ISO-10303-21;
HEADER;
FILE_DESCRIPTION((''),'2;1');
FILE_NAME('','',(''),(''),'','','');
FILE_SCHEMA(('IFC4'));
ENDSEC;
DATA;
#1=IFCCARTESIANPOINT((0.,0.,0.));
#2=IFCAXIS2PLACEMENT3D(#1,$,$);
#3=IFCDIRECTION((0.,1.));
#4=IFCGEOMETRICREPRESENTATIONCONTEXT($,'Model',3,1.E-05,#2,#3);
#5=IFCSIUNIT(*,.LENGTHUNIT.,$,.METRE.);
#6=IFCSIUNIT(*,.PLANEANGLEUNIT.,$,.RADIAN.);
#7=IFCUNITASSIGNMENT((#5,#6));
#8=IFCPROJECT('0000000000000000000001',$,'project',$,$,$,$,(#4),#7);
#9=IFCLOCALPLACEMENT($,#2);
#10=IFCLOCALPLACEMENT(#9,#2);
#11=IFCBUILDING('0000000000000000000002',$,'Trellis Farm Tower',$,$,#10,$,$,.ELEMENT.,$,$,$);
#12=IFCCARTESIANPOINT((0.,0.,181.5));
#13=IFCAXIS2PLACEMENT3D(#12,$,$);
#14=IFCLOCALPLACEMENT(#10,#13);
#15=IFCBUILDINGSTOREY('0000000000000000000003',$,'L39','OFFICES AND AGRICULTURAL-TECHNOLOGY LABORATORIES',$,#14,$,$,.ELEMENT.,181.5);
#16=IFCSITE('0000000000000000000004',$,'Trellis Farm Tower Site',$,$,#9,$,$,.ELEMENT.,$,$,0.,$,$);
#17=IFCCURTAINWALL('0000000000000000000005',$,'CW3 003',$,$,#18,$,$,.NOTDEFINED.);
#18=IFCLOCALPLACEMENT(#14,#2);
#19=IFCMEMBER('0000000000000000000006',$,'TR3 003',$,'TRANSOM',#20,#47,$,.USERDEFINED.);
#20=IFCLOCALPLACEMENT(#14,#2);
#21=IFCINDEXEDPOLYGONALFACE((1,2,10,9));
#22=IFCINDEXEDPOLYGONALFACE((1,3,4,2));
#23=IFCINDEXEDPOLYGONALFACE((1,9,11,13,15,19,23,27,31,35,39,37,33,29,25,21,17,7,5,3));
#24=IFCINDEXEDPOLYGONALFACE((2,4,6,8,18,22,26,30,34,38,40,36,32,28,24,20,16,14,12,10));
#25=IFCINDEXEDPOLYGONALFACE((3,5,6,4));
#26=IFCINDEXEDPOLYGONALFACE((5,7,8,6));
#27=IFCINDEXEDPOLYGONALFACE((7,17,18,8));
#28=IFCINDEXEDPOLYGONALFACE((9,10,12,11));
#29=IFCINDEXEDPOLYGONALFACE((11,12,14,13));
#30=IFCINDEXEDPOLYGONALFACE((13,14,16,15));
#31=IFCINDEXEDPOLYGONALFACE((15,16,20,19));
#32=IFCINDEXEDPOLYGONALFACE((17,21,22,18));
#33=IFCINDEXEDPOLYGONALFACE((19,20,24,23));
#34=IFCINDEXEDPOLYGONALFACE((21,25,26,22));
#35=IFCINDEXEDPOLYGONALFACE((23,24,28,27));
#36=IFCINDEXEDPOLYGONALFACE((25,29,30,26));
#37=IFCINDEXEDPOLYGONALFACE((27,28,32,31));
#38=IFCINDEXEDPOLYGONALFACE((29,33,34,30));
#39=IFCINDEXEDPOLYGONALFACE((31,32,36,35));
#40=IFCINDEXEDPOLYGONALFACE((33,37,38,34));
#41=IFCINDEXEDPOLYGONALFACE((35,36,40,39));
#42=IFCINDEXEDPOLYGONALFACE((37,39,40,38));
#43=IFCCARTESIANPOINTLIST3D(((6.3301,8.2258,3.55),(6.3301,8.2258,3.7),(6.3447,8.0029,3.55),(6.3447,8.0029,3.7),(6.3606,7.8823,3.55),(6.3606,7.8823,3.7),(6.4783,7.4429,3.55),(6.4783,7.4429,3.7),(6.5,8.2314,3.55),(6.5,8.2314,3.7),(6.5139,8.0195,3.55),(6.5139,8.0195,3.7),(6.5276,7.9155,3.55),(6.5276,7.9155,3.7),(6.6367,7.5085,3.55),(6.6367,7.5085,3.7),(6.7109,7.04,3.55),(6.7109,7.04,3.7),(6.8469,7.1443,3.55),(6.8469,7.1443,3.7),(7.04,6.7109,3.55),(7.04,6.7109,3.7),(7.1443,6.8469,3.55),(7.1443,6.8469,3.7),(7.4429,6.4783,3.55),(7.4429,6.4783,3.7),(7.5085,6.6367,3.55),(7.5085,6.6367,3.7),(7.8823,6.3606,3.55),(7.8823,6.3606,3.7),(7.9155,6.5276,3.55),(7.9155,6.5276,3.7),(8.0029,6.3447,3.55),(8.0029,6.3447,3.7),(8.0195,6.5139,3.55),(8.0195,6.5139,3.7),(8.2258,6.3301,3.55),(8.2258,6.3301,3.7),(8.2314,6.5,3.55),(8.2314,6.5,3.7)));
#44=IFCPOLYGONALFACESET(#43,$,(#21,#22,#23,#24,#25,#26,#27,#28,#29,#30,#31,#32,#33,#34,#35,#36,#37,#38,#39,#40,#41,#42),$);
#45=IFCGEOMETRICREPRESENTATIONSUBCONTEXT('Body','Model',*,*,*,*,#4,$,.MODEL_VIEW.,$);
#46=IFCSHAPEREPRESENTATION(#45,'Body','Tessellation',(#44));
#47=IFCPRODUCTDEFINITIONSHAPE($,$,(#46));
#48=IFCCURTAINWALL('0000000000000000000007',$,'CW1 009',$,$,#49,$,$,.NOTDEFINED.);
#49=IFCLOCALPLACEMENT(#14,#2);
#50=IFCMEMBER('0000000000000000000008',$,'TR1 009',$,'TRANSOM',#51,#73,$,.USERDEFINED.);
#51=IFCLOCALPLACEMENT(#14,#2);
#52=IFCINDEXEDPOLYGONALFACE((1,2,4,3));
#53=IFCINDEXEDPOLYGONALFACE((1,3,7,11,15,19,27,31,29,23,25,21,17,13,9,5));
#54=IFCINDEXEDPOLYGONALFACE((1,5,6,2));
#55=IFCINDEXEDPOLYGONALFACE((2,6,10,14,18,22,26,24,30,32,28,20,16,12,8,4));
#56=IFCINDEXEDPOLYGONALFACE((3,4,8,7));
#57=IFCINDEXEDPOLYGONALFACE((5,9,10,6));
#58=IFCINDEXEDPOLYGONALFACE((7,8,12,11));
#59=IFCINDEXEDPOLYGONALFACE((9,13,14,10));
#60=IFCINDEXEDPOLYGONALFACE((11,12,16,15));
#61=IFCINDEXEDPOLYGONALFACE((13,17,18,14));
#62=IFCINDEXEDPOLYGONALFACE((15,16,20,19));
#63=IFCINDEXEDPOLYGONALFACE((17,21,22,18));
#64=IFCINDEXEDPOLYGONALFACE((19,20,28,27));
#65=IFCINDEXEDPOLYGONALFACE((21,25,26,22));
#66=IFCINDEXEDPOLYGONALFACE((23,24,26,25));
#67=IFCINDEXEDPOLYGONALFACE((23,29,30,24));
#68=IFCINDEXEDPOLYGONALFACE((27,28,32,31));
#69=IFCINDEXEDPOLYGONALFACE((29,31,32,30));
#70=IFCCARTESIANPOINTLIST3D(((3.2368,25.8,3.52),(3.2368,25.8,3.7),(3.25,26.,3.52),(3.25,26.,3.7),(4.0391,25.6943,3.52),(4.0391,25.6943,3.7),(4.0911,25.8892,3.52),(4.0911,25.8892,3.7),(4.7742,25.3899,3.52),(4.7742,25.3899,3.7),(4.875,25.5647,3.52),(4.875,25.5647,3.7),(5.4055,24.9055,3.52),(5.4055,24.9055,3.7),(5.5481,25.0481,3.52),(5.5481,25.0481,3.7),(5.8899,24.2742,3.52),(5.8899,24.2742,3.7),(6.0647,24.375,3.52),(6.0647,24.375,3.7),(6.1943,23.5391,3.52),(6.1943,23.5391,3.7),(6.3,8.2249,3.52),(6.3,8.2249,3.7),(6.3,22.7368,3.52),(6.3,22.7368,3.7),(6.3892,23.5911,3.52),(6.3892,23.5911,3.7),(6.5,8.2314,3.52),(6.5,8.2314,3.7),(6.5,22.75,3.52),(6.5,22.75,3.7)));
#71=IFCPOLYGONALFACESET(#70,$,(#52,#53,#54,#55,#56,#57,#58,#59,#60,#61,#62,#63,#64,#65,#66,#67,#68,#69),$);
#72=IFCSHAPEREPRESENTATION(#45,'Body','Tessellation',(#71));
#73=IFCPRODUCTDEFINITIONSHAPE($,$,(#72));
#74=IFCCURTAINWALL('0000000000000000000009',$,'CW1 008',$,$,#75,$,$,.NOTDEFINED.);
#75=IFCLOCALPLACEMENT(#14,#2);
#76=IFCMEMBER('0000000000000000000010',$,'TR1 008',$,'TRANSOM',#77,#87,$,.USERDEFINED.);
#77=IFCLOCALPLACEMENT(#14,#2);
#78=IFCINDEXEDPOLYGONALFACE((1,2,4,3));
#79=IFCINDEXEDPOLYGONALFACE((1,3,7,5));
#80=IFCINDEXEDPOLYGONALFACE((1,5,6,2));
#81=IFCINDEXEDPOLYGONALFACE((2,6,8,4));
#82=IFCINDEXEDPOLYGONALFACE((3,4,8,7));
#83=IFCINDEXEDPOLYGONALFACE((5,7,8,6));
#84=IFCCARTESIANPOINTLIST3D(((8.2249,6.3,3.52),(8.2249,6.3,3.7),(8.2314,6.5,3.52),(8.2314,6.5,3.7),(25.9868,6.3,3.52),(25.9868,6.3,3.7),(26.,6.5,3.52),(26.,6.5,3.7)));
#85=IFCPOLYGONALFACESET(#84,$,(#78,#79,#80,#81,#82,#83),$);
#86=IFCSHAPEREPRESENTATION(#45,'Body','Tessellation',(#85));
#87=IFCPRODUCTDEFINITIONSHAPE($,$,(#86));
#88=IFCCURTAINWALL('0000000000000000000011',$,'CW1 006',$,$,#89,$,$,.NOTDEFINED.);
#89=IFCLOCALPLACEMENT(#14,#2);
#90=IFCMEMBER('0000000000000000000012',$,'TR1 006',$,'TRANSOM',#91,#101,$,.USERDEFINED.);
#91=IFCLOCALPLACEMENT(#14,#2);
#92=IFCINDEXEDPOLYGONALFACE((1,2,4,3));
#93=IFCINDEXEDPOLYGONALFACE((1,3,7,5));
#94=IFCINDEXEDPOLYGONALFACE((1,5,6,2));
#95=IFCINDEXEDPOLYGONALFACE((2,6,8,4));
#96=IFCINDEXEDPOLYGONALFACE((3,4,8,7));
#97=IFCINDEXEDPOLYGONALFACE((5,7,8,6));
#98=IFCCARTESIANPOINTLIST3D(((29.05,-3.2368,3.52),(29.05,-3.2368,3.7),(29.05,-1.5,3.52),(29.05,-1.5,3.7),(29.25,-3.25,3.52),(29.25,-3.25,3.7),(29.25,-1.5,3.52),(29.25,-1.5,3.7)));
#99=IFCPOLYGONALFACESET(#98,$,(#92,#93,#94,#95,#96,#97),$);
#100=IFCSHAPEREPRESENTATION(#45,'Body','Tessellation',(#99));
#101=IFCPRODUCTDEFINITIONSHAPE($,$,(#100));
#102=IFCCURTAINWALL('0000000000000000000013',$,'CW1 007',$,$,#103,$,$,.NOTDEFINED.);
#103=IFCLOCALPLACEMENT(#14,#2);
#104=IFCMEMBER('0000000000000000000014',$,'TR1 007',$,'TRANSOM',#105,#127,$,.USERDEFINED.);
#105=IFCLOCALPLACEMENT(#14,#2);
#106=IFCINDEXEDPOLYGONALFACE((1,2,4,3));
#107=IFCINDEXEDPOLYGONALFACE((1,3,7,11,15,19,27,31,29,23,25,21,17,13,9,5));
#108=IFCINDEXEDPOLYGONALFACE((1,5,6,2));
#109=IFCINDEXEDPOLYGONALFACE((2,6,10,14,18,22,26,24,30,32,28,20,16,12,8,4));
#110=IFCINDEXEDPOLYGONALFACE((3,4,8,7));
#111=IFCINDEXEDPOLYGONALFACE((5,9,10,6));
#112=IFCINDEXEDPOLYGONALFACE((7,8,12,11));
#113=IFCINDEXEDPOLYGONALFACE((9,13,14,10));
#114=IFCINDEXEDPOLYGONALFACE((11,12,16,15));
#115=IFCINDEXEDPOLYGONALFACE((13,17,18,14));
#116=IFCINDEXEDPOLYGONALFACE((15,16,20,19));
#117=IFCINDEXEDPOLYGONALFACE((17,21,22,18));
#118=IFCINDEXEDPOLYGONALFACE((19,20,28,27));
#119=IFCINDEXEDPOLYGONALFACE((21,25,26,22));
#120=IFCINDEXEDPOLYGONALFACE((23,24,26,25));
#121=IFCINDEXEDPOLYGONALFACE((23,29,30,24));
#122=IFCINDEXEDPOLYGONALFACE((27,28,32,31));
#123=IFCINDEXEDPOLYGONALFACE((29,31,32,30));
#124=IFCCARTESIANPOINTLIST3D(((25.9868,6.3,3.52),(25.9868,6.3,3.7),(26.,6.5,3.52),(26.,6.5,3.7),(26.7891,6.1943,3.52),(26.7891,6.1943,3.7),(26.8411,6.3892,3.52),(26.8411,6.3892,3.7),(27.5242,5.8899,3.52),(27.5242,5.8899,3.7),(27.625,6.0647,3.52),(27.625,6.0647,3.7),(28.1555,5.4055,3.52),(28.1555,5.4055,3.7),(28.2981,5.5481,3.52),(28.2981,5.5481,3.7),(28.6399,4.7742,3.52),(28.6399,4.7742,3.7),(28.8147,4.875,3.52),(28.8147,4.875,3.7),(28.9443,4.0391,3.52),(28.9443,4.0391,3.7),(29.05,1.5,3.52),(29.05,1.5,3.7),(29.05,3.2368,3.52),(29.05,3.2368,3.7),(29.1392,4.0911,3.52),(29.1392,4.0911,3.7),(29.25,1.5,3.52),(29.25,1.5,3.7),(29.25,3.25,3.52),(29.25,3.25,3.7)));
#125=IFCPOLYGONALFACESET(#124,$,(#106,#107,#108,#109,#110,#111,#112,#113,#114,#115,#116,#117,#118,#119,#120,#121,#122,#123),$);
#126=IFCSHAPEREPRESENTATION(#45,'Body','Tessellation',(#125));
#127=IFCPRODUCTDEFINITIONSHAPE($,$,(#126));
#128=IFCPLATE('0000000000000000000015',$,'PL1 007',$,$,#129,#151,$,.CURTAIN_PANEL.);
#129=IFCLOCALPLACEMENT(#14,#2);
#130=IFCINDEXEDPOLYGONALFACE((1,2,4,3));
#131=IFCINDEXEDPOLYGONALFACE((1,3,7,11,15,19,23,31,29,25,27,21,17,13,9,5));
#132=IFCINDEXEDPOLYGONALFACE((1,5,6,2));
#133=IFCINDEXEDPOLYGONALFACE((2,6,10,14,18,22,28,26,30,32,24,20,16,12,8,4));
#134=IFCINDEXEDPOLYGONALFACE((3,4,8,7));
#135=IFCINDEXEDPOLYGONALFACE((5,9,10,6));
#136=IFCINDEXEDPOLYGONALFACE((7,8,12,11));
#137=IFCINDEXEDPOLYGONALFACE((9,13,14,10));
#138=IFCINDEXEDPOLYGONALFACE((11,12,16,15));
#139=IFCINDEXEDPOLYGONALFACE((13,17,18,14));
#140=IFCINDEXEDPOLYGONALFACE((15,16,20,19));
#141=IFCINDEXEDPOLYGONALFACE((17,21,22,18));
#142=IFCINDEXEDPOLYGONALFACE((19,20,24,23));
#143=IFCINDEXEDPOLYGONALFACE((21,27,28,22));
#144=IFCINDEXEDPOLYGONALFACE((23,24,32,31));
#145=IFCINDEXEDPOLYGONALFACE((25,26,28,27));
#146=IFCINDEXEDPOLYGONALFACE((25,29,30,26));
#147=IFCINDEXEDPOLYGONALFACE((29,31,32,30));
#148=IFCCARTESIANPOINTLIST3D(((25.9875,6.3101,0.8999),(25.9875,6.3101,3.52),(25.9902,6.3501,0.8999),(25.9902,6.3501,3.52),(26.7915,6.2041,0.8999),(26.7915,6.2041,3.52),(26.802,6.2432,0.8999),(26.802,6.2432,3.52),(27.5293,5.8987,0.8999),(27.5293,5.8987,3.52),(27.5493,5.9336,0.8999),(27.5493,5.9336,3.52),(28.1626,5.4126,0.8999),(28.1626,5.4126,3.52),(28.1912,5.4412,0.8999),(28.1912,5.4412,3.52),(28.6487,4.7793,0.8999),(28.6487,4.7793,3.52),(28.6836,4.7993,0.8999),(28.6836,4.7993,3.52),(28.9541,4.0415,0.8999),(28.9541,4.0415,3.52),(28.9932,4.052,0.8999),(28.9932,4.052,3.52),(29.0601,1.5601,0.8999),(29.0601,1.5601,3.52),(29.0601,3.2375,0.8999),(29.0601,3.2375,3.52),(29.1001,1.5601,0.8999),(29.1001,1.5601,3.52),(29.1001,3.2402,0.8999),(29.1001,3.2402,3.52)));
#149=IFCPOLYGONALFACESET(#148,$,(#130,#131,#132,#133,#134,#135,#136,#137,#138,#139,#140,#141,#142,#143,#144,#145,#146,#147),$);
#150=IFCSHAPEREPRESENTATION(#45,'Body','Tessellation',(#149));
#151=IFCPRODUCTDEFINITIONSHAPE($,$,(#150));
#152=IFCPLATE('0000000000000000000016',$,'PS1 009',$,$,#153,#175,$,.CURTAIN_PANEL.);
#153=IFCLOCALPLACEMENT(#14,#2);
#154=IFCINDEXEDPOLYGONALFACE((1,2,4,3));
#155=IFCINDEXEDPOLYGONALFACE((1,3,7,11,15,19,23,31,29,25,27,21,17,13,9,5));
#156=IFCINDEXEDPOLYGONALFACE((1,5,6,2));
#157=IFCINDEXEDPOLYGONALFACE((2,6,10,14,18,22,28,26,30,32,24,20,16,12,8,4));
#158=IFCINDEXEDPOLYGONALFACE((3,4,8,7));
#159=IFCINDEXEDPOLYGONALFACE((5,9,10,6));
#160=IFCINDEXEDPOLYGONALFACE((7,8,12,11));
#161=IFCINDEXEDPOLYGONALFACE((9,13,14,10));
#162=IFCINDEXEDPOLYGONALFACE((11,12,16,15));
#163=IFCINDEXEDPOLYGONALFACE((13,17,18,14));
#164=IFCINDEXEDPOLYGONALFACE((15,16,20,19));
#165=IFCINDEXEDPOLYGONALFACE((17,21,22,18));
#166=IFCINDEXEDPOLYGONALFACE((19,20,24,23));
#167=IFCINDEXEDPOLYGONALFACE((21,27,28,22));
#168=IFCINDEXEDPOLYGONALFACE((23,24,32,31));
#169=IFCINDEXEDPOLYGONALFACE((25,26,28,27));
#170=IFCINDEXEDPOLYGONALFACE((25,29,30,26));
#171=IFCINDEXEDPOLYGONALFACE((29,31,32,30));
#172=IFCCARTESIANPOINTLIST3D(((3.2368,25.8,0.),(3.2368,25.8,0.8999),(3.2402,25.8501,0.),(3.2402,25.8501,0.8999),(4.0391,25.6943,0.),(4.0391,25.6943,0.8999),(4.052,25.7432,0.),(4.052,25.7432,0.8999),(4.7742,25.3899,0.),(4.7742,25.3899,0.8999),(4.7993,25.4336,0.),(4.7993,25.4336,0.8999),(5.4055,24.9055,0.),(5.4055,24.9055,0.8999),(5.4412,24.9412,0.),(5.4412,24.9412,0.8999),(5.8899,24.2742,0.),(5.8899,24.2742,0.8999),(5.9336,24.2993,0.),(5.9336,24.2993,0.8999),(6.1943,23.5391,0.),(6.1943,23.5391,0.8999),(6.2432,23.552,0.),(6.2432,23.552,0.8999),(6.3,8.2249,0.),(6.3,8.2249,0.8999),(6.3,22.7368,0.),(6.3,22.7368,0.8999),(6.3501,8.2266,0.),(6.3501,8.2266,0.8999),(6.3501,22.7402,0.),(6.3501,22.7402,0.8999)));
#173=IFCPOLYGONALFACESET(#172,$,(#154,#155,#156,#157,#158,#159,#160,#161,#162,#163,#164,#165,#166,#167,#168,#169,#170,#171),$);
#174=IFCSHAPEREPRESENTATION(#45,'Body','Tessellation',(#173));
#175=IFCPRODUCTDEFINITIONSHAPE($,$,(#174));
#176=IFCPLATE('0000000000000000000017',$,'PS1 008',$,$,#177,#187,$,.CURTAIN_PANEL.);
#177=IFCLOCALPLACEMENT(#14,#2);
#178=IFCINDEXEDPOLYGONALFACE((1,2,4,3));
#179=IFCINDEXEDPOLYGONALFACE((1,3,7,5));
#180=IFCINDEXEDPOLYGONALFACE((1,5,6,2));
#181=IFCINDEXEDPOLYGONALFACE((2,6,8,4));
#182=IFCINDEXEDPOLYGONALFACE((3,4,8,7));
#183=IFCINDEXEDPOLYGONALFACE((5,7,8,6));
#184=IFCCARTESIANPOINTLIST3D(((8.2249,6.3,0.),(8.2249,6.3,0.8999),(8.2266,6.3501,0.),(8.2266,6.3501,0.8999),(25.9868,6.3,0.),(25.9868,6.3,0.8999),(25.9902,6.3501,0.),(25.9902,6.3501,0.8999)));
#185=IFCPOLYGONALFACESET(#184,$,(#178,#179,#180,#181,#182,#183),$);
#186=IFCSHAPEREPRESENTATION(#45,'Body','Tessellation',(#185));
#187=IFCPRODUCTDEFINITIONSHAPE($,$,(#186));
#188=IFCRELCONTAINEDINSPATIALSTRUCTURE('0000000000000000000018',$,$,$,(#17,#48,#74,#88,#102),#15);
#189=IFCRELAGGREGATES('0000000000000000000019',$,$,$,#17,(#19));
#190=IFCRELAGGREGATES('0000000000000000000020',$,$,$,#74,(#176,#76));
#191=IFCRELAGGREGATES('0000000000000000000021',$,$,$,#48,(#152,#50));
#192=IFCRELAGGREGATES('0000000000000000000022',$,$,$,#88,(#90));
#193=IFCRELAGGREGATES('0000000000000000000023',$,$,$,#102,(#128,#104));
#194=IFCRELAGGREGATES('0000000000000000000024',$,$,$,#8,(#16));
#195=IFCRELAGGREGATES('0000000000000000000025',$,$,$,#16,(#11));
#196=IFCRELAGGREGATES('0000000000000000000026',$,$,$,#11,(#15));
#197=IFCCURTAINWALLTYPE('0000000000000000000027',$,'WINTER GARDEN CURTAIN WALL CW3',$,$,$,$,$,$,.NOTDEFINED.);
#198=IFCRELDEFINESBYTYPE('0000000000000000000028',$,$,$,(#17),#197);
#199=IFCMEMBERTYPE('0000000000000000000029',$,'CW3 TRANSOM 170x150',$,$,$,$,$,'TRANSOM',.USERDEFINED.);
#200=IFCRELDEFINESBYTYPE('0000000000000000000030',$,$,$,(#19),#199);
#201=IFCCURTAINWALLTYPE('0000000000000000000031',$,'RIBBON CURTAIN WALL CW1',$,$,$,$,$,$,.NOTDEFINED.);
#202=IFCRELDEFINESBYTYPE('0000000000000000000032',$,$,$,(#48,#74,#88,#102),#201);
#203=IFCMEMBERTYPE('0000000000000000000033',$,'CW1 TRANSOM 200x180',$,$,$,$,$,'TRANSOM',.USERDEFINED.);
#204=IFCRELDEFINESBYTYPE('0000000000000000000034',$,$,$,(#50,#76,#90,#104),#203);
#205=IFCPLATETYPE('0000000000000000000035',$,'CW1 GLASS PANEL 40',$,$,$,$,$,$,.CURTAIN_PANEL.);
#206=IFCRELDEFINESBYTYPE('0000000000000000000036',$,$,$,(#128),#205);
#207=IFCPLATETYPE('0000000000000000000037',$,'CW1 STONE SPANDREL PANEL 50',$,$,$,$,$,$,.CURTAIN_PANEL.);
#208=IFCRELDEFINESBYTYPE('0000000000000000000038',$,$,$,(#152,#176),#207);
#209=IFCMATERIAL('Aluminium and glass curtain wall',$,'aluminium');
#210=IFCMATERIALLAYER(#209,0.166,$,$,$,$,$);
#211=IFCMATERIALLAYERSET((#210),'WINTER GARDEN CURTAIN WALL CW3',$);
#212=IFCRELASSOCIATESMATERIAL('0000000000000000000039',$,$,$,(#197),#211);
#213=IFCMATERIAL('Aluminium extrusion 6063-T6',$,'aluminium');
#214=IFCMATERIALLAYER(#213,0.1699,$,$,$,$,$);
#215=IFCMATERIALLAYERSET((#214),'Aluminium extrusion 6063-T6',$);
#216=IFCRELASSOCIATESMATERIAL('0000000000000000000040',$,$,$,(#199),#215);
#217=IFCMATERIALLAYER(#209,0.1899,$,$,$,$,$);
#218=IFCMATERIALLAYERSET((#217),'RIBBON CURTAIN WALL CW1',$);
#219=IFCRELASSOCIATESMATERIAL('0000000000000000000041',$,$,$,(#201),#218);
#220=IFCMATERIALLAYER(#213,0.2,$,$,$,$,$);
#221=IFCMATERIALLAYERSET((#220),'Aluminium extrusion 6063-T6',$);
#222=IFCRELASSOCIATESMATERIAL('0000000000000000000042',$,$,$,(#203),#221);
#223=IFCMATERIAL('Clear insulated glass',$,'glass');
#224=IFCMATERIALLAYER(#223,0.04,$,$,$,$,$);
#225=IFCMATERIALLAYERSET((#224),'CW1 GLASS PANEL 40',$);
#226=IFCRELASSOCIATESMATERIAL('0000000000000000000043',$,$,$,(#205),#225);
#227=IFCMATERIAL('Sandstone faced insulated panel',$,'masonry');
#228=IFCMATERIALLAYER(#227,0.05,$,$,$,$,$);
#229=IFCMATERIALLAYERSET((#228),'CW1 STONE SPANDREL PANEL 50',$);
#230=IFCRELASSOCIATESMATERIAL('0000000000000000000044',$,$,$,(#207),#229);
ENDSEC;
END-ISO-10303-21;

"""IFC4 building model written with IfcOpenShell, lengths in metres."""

from ifc_helpers import new_model, si_unit, direction, frame, origin, place, context, subcontext, project, spatial, polyline, outline, extrude, source, transform, mapped, material, layer, layer_set, type_object, element, aggregate, save


model = new_model("IFC4")

# Units and contexts
model_context = context("Model", 3, precision=1e-05, world=origin(), true_north=direction((0.0, 1.0)))
body_context = subcontext(model_context, "Body", "Model", "MODEL_VIEW")
ifc_project = project(units=[si_unit("LENGTHUNIT", "METRE"), si_unit("PLANEANGLEUNIT", "RADIAN")], contexts=[model_context])

# Site, building, storey
site_placement = place(None, origin())
site = spatial("IfcSite", under=ifc_project, at=site_placement, Name="Trellis Farm Tower Site", CompositionType="ELEMENT", RefElevation=0.0)
building_placement = place(site_placement, origin())
building = spatial("IfcBuilding", under=site, at=building_placement, Name="Trellis Farm Tower", CompositionType="ELEMENT")
storey_placement = place(building_placement, frame((0.0, 0.0, 181.5)))
storey = spatial("IfcBuildingStorey", under=building, at=storey_placement, Name="L39", Description="OFFICES AND AGRICULTURAL-TECHNOLOGY LABORATORIES", CompositionType="ELEMENT", Elevation=181.5)

# Curtain walls, members
ifc_material_1 = material(Name="Aluminium and glass curtain wall", Category="aluminium")
ifc_layer_1 = layer(ifc_material_1, 0.166)
ifc_layer_set_1 = layer_set([ifc_layer_1], Name="WINTER GARDEN CURTAIN WALL CW3")
curtain_wall_type_1 = type_object("IfcCurtainWallType", Name="WINTER GARDEN CURTAIN WALL CW3", PredefinedType="NOTDEFINED", material=ifc_layer_set_1)
placement_1 = place(storey_placement, origin())
curtain_wall_1 = element("IfcCurtainWall", 1, at=placement_1, inside=storey, type_object=curtain_wall_type_1, Name="CW3 003", PredefinedType="NOTDEFINED")
ifc_material_2 = material(Name="Aluminium extrusion 6063-T6", Category="aluminium")
ifc_layer_2 = layer(ifc_material_2, 0.1699)
ifc_layer_set_2 = layer_set([ifc_layer_2], Name="Aluminium extrusion 6063-T6")
member_type_1 = type_object("IfcMemberType", Name="CW3 TRANSOM 170x150", ElementType="TRANSOM", PredefinedType="USERDEFINED", material=ifc_layer_set_2)
shared_shape_1 = source(origin(), body_context, "Body", "SweptSolid", [
    extrude(outline(polyline([(8.2314, 6.5), (8.0195, 6.5139), (7.9155, 6.5276), (7.5085, 6.6367), (7.1443, 6.8469), (6.8469, 7.1443), (6.6367, 7.5085), (6.5276, 7.9155), (6.5139, 8.0195), (6.5, 8.2314), (6.3301, 8.2258), (6.3447, 8.0029), (6.3606, 7.8823), (6.4783, 7.4429), (6.7109, 7.04), (7.04, 6.7109), (7.4429, 6.4783), (7.8823, 6.3606), (8.0029, 6.3447), (8.2258, 6.3301), (8.2314, 6.5)])), origin(), (0.0, 0.0, 1.0), 0.1499),
])
member_1_placement = place(storey_placement, frame((0.0, 0.0, 3.55)))
member_1 = element("IfcMember", 2, at=member_1_placement, type_object=member_type_1, Name="TR3 003", ObjectType="TRANSOM", PredefinedType="USERDEFINED", context=body_context, shape_type="MappedRepresentation", body=[
    mapped(shared_shape_1, transform((0.0, 0.0, 0.0))),
])
ifc_layer_3 = layer(ifc_material_1, 0.1899)
ifc_layer_set_3 = layer_set([ifc_layer_3], Name="RIBBON CURTAIN WALL CW1")
curtain_wall_type_2 = type_object("IfcCurtainWallType", Name="RIBBON CURTAIN WALL CW1", PredefinedType="NOTDEFINED", material=ifc_layer_set_3)
curtain_wall_2 = element("IfcCurtainWall", 3, at=placement_1, inside=storey, type_object=curtain_wall_type_2, Name="CW1 009", PredefinedType="NOTDEFINED")
ifc_layer_4 = layer(ifc_material_2, 0.2)
ifc_layer_set_4 = layer_set([ifc_layer_4], Name="Aluminium extrusion 6063-T6")
member_type_2 = type_object("IfcMemberType", Name="CW1 TRANSOM 200x180", ElementType="TRANSOM", PredefinedType="USERDEFINED", material=ifc_layer_set_4)
shared_shape_2 = source(origin(), body_context, "Body", "SweptSolid", [
    extrude(outline(polyline([(6.5, 8.2314), (6.5, 22.75), (6.3892, 23.5911), (6.0647, 24.375), (5.5481, 25.0481), (4.875, 25.5647), (4.0911, 25.8892), (3.25, 26.0), (3.2368, 25.8), (4.0391, 25.6943), (4.7742, 25.3899), (5.4055, 24.9055), (5.8899, 24.2742), (6.1943, 23.5391), (6.3, 22.7368), (6.3, 8.2249), (6.5, 8.2314)])), origin(), (0.0, 0.0, 1.0), 0.1799),
])
placement_2 = place(storey_placement, frame((0.0, 0.0, 3.52)))
member_2 = element("IfcMember", 4, at=placement_2, type_object=member_type_2, Name="TR1 009", ObjectType="TRANSOM", PredefinedType="USERDEFINED", context=body_context, shape_type="MappedRepresentation", body=[
    mapped(shared_shape_2, transform((0.0, 0.0, 0.0))),
])
curtain_wall_3 = element("IfcCurtainWall", 5, at=placement_1, inside=storey, type_object=curtain_wall_type_2, Name="CW1 008", PredefinedType="NOTDEFINED")
shared_shape_3 = source(origin(), body_context, "Body", "SweptSolid", [
    extrude(outline(polyline([(26.0, 6.5), (8.2314, 6.5), (8.2249, 6.3), (25.9868, 6.3), (26.0, 6.5)])), origin(), (0.0, 0.0, 1.0), 0.1799),
])
member_3 = element("IfcMember", 6, at=placement_2, type_object=member_type_2, Name="TR1 008", ObjectType="TRANSOM", PredefinedType="USERDEFINED", context=body_context, shape_type="MappedRepresentation", body=[
    mapped(shared_shape_3, transform((0.0, 0.0, 0.0))),
])
curtain_wall_4 = element("IfcCurtainWall", 7, at=placement_1, inside=storey, type_object=curtain_wall_type_2, Name="CW1 006", PredefinedType="NOTDEFINED")
shared_shape_4 = source(origin(), body_context, "Body", "SweptSolid", [
    extrude(outline(polyline([(29.25, -3.25), (29.25, -1.5), (29.05, -1.5), (29.05, -3.2368), (29.25, -3.25)])), origin(), (0.0, 0.0, 1.0), 0.1799),
])
member_4 = element("IfcMember", 8, at=placement_2, type_object=member_type_2, Name="TR1 006", ObjectType="TRANSOM", PredefinedType="USERDEFINED", context=body_context, shape_type="MappedRepresentation", body=[
    mapped(shared_shape_4, transform((0.0, 0.0, 0.0))),
])

# Curtain wall, member, plate
curtain_wall_5 = element("IfcCurtainWall", 9, at=placement_1, inside=storey, type_object=curtain_wall_type_2, Name="CW1 007", PredefinedType="NOTDEFINED")
shared_shape_5 = source(origin(), body_context, "Body", "SweptSolid", [
    extrude(outline(polyline([(29.25, 1.5), (29.25, 3.25), (29.1392, 4.0911), (28.8147, 4.875), (28.2981, 5.5481), (27.625, 6.0647), (26.8411, 6.3892), (26.0, 6.5), (25.9868, 6.3), (26.7891, 6.1943), (27.5242, 5.8899), (28.1555, 5.4055), (28.6399, 4.7742), (28.9443, 4.0391), (29.05, 3.2368), (29.05, 1.5), (29.25, 1.5)])), origin(), (0.0, 0.0, 1.0), 0.1799),
])
member_5 = element("IfcMember", 10, at=placement_2, type_object=member_type_2, Name="TR1 007", ObjectType="TRANSOM", PredefinedType="USERDEFINED", context=body_context, shape_type="MappedRepresentation", body=[
    mapped(shared_shape_5, transform((0.0, 0.0, 0.0))),
])
ifc_material_3 = material(Name="Clear insulated glass", Category="glass")
ifc_layer_5 = layer(ifc_material_3, 0.04)
ifc_layer_set_5 = layer_set([ifc_layer_5], Name="CW1 GLASS PANEL 40")
plate_type_1 = type_object("IfcPlateType", Name="CW1 GLASS PANEL 40", PredefinedType="CURTAIN_PANEL", material=ifc_layer_set_5)
placement_3 = place(storey_placement, frame((0.0, 0.0, 0.8999)))
plate_1 = element("IfcPlate", 11, at=placement_3, type_object=plate_type_1, Name="PL1 007", PredefinedType="CURTAIN_PANEL", context=body_context, shape_type="SweptSolid", body=[
    extrude(outline(polyline([(29.1001, 1.5601), (29.1001, 3.2402), (28.9932, 4.052), (28.6836, 4.7993), (28.1912, 5.4412), (27.5493, 5.9336), (26.802, 6.2432), (25.9902, 6.3501), (25.9875, 6.3101), (26.7915, 6.2041), (27.5293, 5.8987), (28.1626, 5.4126), (28.6487, 4.7793), (28.9541, 4.0415), (29.0601, 3.2375), (29.0601, 1.5601), (29.1001, 1.5601)])), origin(), (0.0, 0.0, 1.0), 2.6201),
])

# Plates
ifc_material_4 = material(Name="Sandstone faced insulated panel", Category="masonry")
ifc_layer_6 = layer(ifc_material_4, 0.05)
ifc_layer_set_6 = layer_set([ifc_layer_6], Name="CW1 STONE SPANDREL PANEL 50")
plate_type_2 = type_object("IfcPlateType", Name="CW1 STONE SPANDREL PANEL 50", PredefinedType="CURTAIN_PANEL", material=ifc_layer_set_6)
shared_shape_6 = source(origin(), body_context, "Body", "SweptSolid", [
    extrude(outline(polyline([(6.3501, 8.2266), (6.3501, 22.7402), (6.2432, 23.552), (5.9336, 24.2993), (5.4412, 24.9412), (4.7993, 25.4336), (4.052, 25.7432), (3.2402, 25.8501), (3.2368, 25.8), (4.0391, 25.6943), (4.7742, 25.3899), (5.4055, 24.9055), (5.8899, 24.2742), (6.1943, 23.5391), (6.3, 22.7368), (6.3, 8.2249), (6.3501, 8.2266)])), origin(), (0.0, 0.0, 1.0), 0.8999),
])
plate_2 = element("IfcPlate", 12, at=placement_1, type_object=plate_type_2, Name="PS1 009", PredefinedType="CURTAIN_PANEL", context=body_context, shape_type="MappedRepresentation", body=[
    mapped(shared_shape_6, transform((0.0, 0.0, 0.0))),
])
shared_shape_7 = source(origin(), body_context, "Body", "SweptSolid", [
    extrude(outline(polyline([(25.9902, 6.3501), (8.2266, 6.3501), (8.2249, 6.3), (25.9868, 6.3), (25.9902, 6.3501)])), origin(), (0.0, 0.0, 1.0), 0.8999),
])
plate_3 = element("IfcPlate", 13, at=placement_1, type_object=plate_type_2, Name="PS1 008", PredefinedType="CURTAIN_PANEL", context=body_context, shape_type="MappedRepresentation", body=[
    mapped(shared_shape_7, transform((0.0, 0.0, 0.0))),
])
aggregate(curtain_wall_1, [member_1])
aggregate(curtain_wall_3, [plate_3, member_3])
aggregate(curtain_wall_2, [plate_2, member_2])

aggregate(curtain_wall_4, [member_4])
aggregate(curtain_wall_5, [plate_1, member_5])

save(model, "model.ifc")
